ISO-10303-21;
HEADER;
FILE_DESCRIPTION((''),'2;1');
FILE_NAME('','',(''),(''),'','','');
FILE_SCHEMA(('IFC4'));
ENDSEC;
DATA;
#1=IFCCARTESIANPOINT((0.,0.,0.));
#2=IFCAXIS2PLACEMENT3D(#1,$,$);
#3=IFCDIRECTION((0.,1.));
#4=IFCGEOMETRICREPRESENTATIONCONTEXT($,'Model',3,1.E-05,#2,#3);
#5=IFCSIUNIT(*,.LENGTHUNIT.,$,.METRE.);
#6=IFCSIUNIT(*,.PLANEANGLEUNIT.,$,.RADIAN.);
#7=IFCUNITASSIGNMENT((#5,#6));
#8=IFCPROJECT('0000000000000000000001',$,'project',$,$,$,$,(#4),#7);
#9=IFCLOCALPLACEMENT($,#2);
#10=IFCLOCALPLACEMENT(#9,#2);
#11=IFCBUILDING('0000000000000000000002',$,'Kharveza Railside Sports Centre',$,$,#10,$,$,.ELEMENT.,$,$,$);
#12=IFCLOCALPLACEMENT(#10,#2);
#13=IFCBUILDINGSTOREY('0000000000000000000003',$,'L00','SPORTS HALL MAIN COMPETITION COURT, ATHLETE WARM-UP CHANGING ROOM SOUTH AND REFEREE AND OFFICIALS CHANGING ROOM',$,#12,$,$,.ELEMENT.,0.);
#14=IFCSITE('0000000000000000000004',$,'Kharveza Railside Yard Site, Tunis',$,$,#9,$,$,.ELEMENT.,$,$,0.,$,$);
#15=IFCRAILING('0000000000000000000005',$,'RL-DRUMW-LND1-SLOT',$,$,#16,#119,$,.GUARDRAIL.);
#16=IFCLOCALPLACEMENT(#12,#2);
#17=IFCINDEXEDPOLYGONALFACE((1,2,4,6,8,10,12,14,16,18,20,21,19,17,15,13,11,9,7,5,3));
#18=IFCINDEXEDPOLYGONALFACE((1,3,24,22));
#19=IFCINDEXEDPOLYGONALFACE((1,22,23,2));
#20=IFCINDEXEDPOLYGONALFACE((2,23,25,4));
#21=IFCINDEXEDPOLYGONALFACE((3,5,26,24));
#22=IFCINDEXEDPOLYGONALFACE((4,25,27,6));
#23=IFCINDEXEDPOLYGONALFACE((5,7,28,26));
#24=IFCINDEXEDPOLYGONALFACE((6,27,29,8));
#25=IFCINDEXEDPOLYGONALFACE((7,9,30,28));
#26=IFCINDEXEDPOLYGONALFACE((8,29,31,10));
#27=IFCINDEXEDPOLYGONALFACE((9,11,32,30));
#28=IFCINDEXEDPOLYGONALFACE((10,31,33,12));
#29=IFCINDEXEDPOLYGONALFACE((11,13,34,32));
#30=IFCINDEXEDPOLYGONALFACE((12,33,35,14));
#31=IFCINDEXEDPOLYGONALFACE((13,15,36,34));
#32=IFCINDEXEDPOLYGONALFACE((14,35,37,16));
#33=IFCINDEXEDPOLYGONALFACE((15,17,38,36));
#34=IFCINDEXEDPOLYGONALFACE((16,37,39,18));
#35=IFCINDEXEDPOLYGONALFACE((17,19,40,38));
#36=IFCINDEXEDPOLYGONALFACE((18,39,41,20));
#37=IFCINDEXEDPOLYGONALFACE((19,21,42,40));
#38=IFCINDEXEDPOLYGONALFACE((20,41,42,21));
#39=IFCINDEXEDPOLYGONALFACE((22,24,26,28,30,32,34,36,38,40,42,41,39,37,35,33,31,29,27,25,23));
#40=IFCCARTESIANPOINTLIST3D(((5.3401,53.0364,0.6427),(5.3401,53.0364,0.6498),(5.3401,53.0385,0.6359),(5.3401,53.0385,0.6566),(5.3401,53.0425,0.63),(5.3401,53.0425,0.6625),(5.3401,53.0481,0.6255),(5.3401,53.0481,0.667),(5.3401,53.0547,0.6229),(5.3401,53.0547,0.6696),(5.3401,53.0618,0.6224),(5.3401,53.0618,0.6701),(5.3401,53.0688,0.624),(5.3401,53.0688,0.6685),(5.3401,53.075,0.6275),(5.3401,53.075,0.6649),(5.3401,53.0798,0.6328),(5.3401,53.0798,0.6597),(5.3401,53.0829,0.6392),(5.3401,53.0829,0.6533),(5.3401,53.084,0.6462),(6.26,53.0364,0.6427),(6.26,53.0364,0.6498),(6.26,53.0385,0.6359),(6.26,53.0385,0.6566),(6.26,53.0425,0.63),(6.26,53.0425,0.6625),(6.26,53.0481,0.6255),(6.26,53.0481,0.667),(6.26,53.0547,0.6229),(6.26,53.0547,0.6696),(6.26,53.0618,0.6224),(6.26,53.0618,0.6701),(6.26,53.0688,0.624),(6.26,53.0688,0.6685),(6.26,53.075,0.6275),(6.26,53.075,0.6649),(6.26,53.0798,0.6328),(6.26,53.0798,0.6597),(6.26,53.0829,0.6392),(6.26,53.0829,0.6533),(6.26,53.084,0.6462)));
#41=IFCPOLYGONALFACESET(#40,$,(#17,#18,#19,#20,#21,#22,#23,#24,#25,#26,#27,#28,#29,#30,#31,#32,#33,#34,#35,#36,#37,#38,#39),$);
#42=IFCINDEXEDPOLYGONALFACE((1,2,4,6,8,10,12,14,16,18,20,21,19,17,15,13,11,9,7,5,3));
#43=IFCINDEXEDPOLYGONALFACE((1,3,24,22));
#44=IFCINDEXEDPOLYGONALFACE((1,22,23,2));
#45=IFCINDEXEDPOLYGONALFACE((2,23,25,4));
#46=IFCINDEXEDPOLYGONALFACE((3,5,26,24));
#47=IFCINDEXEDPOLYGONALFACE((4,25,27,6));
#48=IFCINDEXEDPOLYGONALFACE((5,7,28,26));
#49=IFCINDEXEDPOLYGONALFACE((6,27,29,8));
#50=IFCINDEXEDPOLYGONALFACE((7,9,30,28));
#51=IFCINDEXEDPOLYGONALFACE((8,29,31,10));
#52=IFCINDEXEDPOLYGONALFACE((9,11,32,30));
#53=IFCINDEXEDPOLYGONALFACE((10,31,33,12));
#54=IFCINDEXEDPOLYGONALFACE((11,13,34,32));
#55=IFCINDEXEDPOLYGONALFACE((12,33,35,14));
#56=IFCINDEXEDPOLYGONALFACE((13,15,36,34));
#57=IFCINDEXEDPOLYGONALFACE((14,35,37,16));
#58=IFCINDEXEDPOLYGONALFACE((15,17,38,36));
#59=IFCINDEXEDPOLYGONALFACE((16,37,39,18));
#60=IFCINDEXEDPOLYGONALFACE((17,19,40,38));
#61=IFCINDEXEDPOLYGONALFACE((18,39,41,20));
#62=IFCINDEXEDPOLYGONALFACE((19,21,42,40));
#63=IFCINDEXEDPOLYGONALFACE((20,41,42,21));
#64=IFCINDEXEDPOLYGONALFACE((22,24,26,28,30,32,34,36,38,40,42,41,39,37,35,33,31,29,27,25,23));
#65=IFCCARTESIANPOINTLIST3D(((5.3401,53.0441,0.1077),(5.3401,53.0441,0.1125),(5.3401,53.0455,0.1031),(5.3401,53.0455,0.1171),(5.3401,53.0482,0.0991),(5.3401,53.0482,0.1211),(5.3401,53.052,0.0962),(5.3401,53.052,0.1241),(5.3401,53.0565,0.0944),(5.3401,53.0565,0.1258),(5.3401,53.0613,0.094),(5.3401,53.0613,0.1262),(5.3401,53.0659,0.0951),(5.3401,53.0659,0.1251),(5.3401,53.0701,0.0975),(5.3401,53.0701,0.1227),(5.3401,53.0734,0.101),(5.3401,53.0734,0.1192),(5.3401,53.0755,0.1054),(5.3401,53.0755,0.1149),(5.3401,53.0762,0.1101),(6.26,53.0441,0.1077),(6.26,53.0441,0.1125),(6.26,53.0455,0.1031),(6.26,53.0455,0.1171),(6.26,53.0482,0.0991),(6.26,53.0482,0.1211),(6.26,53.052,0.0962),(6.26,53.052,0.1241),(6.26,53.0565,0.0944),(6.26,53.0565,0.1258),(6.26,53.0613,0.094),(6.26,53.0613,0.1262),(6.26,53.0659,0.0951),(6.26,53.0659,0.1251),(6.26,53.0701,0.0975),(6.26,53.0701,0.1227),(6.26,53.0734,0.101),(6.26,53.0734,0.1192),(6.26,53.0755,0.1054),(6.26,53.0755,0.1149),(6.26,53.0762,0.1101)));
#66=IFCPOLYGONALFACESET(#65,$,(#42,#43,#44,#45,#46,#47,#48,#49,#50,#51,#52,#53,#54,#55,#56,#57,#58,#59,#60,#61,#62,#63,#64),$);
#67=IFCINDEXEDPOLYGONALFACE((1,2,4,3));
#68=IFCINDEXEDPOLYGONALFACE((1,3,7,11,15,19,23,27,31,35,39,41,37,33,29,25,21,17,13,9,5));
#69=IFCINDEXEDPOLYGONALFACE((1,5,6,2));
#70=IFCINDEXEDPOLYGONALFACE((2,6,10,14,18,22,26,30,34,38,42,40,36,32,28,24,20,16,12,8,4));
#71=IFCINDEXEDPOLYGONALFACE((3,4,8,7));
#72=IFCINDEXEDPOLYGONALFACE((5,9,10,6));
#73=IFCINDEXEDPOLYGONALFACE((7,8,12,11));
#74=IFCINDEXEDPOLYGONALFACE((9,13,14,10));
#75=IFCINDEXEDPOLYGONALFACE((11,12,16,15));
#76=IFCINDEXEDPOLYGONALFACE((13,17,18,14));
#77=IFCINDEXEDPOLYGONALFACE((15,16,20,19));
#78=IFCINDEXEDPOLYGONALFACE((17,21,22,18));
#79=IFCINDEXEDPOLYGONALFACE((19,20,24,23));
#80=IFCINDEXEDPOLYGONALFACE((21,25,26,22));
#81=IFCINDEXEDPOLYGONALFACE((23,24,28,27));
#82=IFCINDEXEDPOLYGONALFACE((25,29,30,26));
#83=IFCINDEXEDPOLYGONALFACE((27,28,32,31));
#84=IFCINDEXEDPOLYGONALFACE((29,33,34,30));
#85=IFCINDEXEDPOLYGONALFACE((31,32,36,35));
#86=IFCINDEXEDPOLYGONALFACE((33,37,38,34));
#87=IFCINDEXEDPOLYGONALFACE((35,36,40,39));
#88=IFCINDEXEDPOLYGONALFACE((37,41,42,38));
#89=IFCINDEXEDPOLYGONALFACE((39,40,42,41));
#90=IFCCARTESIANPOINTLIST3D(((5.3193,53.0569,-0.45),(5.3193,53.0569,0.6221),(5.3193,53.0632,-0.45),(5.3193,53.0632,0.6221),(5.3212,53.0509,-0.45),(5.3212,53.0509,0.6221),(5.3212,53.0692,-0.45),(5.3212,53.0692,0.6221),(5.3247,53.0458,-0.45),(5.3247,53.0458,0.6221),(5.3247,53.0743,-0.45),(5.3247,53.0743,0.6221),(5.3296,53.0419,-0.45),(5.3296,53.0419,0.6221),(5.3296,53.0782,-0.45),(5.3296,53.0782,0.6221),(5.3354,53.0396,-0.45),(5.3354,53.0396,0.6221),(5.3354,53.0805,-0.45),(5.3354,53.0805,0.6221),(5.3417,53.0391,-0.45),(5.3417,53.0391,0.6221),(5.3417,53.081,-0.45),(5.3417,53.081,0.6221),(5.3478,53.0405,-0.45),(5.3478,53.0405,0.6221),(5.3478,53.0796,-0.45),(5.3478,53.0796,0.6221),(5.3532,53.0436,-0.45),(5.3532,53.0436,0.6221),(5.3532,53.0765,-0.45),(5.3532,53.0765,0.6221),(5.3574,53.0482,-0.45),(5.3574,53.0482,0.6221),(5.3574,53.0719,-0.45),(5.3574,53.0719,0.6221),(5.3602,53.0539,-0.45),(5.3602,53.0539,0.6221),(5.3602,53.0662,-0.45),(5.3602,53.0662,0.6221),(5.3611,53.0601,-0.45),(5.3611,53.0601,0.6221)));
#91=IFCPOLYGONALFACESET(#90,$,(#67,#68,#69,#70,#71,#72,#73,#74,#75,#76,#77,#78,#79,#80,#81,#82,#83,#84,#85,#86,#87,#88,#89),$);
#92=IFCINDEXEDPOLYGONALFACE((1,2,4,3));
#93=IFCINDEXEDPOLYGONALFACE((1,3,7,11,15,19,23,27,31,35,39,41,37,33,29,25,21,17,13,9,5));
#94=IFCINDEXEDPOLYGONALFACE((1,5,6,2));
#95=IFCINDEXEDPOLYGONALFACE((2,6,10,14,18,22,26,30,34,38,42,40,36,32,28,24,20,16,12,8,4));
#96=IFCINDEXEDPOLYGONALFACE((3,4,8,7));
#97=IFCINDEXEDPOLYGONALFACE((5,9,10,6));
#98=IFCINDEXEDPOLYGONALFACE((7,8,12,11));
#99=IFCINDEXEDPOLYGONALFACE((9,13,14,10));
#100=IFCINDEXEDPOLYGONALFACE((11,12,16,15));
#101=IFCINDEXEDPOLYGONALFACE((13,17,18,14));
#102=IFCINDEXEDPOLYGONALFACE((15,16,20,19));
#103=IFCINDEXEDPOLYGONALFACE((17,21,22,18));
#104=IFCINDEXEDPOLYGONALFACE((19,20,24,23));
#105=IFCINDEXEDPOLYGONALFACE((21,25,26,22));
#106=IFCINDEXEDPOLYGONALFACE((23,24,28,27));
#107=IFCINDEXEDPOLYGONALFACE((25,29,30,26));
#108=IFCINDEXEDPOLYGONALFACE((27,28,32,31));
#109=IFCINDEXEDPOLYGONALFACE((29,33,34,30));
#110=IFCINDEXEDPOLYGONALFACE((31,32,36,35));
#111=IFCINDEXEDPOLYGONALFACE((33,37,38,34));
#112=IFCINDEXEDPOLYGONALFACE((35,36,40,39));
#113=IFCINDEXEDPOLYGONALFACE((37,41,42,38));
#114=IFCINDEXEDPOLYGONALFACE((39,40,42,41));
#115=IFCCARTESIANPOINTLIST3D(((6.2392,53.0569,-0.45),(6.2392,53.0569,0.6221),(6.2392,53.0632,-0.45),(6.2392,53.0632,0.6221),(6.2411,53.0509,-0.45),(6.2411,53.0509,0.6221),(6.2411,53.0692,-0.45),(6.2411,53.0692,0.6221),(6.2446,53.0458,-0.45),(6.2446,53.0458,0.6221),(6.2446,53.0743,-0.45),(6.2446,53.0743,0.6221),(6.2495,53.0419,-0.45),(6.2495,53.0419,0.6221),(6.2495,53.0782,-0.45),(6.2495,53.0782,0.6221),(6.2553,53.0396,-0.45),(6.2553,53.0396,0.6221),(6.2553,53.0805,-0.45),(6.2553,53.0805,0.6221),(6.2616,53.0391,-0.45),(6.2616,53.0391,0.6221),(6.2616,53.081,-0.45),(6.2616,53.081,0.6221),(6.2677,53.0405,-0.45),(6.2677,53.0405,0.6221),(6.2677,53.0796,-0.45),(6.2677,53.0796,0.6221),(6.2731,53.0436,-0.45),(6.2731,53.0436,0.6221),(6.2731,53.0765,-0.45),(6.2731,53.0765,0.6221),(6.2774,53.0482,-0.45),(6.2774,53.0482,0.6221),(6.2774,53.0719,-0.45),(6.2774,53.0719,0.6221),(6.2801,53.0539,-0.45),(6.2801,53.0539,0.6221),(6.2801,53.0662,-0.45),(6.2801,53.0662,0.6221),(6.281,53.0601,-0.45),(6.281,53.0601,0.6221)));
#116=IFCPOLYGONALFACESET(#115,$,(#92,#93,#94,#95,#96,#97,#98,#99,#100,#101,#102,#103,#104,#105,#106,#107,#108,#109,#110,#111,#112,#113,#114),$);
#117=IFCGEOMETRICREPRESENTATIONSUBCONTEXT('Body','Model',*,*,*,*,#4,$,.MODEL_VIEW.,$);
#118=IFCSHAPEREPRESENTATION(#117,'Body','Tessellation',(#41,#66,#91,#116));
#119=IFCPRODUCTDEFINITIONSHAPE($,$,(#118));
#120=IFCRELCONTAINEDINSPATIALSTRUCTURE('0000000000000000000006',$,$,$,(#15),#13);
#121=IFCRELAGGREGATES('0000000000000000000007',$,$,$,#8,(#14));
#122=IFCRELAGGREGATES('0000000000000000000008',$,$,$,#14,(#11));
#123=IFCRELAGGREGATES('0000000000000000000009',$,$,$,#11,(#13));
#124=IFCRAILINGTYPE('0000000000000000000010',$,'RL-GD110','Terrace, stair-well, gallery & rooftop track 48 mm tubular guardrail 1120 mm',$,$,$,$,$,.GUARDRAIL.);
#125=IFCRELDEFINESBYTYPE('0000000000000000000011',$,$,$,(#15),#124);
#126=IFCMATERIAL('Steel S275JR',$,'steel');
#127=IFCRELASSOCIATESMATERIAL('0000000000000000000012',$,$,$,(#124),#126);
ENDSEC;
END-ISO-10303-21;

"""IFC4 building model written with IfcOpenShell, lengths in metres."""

from ifc_helpers import new_model, si_unit, direction, frame, origin, origin_2d, place, context, subcontext, project, spatial, circle, extrude, material, type_object, element, save


model = new_model("IFC4")

# Units and contexts
model_context = context("Model", 3, precision=1e-05, world=origin(), true_north=direction((0.0, 1.0)))
body_context = subcontext(model_context, "Body", "Model", "MODEL_VIEW")
ifc_project = project(units=[si_unit("LENGTHUNIT", "METRE"), si_unit("PLANEANGLEUNIT", "RADIAN")], contexts=[model_context])

# Site, building, storey
site_placement = place(None, origin())
site = spatial("IfcSite", under=ifc_project, at=site_placement, Name="Kharveza Railside Yard Site, Tunis", CompositionType="ELEMENT", RefElevation=0.0)
building_placement = place(site_placement, origin())
building = spatial("IfcBuilding", under=site, at=building_placement, Name="Kharveza Railside Sports Centre", CompositionType="ELEMENT")
storey_placement = place(building_placement, origin())
storey = spatial("IfcBuildingStorey", under=building, at=storey_placement, Name="L00", Description="SPORTS HALL MAIN COMPETITION COURT, ATHLETE WARM-UP CHANGING ROOM SOUTH AND REFEREE AND OFFICIALS CHANGING ROOM", CompositionType="ELEMENT", Elevation=0.0)

# Railing
ifc_material_1 = material(Name="Steel S275JR", Category="steel")
railing_type = type_object("IfcRailingType", Name="RL-GD110", Description="Terrace, stair-well, gallery & rooftop track 48 mm tubular guardrail 1120 mm", PredefinedType="GUARDRAIL", material=ifc_material_1)
railing_1_placement = place(storey_placement, frame((5.3401, 53.0601, -0.45)))
element("IfcRailing", 1, at=railing_1_placement, inside=storey, type_object=railing_type, Name="RL-DRUMW-LND1-SLOT", PredefinedType="GUARDRAIL", context=body_context, shape_type="SweptSolid", body=[
    extrude(circle(Radius=0.0239, at=origin_2d()), frame((0.0, 0.0, 1.0962), z_axis=(1.0, 0.0, 0.0), x_axis=(0.0, 1.0, 0.0)), (0.0, 0.0, 1.0), 0.9199),
    extrude(circle(Radius=0.0161, at=origin_2d()), frame((0.0, 0.0, 0.5601), z_axis=(1.0, 0.0, 0.0), x_axis=(0.0, 1.0, 0.0)), (0.0, 0.0, 1.0), 0.9199),
    extrude(circle(Radius=0.021, at=origin_2d()), origin(), (0.0, 0.0, 1.0), 1.072),
    extrude(circle(Radius=0.021, at=origin_2d()), frame((0.9199, 0.0, 0.0)), (0.0, 0.0, 1.0), 1.072),
])

save(model, "model.ifc")
